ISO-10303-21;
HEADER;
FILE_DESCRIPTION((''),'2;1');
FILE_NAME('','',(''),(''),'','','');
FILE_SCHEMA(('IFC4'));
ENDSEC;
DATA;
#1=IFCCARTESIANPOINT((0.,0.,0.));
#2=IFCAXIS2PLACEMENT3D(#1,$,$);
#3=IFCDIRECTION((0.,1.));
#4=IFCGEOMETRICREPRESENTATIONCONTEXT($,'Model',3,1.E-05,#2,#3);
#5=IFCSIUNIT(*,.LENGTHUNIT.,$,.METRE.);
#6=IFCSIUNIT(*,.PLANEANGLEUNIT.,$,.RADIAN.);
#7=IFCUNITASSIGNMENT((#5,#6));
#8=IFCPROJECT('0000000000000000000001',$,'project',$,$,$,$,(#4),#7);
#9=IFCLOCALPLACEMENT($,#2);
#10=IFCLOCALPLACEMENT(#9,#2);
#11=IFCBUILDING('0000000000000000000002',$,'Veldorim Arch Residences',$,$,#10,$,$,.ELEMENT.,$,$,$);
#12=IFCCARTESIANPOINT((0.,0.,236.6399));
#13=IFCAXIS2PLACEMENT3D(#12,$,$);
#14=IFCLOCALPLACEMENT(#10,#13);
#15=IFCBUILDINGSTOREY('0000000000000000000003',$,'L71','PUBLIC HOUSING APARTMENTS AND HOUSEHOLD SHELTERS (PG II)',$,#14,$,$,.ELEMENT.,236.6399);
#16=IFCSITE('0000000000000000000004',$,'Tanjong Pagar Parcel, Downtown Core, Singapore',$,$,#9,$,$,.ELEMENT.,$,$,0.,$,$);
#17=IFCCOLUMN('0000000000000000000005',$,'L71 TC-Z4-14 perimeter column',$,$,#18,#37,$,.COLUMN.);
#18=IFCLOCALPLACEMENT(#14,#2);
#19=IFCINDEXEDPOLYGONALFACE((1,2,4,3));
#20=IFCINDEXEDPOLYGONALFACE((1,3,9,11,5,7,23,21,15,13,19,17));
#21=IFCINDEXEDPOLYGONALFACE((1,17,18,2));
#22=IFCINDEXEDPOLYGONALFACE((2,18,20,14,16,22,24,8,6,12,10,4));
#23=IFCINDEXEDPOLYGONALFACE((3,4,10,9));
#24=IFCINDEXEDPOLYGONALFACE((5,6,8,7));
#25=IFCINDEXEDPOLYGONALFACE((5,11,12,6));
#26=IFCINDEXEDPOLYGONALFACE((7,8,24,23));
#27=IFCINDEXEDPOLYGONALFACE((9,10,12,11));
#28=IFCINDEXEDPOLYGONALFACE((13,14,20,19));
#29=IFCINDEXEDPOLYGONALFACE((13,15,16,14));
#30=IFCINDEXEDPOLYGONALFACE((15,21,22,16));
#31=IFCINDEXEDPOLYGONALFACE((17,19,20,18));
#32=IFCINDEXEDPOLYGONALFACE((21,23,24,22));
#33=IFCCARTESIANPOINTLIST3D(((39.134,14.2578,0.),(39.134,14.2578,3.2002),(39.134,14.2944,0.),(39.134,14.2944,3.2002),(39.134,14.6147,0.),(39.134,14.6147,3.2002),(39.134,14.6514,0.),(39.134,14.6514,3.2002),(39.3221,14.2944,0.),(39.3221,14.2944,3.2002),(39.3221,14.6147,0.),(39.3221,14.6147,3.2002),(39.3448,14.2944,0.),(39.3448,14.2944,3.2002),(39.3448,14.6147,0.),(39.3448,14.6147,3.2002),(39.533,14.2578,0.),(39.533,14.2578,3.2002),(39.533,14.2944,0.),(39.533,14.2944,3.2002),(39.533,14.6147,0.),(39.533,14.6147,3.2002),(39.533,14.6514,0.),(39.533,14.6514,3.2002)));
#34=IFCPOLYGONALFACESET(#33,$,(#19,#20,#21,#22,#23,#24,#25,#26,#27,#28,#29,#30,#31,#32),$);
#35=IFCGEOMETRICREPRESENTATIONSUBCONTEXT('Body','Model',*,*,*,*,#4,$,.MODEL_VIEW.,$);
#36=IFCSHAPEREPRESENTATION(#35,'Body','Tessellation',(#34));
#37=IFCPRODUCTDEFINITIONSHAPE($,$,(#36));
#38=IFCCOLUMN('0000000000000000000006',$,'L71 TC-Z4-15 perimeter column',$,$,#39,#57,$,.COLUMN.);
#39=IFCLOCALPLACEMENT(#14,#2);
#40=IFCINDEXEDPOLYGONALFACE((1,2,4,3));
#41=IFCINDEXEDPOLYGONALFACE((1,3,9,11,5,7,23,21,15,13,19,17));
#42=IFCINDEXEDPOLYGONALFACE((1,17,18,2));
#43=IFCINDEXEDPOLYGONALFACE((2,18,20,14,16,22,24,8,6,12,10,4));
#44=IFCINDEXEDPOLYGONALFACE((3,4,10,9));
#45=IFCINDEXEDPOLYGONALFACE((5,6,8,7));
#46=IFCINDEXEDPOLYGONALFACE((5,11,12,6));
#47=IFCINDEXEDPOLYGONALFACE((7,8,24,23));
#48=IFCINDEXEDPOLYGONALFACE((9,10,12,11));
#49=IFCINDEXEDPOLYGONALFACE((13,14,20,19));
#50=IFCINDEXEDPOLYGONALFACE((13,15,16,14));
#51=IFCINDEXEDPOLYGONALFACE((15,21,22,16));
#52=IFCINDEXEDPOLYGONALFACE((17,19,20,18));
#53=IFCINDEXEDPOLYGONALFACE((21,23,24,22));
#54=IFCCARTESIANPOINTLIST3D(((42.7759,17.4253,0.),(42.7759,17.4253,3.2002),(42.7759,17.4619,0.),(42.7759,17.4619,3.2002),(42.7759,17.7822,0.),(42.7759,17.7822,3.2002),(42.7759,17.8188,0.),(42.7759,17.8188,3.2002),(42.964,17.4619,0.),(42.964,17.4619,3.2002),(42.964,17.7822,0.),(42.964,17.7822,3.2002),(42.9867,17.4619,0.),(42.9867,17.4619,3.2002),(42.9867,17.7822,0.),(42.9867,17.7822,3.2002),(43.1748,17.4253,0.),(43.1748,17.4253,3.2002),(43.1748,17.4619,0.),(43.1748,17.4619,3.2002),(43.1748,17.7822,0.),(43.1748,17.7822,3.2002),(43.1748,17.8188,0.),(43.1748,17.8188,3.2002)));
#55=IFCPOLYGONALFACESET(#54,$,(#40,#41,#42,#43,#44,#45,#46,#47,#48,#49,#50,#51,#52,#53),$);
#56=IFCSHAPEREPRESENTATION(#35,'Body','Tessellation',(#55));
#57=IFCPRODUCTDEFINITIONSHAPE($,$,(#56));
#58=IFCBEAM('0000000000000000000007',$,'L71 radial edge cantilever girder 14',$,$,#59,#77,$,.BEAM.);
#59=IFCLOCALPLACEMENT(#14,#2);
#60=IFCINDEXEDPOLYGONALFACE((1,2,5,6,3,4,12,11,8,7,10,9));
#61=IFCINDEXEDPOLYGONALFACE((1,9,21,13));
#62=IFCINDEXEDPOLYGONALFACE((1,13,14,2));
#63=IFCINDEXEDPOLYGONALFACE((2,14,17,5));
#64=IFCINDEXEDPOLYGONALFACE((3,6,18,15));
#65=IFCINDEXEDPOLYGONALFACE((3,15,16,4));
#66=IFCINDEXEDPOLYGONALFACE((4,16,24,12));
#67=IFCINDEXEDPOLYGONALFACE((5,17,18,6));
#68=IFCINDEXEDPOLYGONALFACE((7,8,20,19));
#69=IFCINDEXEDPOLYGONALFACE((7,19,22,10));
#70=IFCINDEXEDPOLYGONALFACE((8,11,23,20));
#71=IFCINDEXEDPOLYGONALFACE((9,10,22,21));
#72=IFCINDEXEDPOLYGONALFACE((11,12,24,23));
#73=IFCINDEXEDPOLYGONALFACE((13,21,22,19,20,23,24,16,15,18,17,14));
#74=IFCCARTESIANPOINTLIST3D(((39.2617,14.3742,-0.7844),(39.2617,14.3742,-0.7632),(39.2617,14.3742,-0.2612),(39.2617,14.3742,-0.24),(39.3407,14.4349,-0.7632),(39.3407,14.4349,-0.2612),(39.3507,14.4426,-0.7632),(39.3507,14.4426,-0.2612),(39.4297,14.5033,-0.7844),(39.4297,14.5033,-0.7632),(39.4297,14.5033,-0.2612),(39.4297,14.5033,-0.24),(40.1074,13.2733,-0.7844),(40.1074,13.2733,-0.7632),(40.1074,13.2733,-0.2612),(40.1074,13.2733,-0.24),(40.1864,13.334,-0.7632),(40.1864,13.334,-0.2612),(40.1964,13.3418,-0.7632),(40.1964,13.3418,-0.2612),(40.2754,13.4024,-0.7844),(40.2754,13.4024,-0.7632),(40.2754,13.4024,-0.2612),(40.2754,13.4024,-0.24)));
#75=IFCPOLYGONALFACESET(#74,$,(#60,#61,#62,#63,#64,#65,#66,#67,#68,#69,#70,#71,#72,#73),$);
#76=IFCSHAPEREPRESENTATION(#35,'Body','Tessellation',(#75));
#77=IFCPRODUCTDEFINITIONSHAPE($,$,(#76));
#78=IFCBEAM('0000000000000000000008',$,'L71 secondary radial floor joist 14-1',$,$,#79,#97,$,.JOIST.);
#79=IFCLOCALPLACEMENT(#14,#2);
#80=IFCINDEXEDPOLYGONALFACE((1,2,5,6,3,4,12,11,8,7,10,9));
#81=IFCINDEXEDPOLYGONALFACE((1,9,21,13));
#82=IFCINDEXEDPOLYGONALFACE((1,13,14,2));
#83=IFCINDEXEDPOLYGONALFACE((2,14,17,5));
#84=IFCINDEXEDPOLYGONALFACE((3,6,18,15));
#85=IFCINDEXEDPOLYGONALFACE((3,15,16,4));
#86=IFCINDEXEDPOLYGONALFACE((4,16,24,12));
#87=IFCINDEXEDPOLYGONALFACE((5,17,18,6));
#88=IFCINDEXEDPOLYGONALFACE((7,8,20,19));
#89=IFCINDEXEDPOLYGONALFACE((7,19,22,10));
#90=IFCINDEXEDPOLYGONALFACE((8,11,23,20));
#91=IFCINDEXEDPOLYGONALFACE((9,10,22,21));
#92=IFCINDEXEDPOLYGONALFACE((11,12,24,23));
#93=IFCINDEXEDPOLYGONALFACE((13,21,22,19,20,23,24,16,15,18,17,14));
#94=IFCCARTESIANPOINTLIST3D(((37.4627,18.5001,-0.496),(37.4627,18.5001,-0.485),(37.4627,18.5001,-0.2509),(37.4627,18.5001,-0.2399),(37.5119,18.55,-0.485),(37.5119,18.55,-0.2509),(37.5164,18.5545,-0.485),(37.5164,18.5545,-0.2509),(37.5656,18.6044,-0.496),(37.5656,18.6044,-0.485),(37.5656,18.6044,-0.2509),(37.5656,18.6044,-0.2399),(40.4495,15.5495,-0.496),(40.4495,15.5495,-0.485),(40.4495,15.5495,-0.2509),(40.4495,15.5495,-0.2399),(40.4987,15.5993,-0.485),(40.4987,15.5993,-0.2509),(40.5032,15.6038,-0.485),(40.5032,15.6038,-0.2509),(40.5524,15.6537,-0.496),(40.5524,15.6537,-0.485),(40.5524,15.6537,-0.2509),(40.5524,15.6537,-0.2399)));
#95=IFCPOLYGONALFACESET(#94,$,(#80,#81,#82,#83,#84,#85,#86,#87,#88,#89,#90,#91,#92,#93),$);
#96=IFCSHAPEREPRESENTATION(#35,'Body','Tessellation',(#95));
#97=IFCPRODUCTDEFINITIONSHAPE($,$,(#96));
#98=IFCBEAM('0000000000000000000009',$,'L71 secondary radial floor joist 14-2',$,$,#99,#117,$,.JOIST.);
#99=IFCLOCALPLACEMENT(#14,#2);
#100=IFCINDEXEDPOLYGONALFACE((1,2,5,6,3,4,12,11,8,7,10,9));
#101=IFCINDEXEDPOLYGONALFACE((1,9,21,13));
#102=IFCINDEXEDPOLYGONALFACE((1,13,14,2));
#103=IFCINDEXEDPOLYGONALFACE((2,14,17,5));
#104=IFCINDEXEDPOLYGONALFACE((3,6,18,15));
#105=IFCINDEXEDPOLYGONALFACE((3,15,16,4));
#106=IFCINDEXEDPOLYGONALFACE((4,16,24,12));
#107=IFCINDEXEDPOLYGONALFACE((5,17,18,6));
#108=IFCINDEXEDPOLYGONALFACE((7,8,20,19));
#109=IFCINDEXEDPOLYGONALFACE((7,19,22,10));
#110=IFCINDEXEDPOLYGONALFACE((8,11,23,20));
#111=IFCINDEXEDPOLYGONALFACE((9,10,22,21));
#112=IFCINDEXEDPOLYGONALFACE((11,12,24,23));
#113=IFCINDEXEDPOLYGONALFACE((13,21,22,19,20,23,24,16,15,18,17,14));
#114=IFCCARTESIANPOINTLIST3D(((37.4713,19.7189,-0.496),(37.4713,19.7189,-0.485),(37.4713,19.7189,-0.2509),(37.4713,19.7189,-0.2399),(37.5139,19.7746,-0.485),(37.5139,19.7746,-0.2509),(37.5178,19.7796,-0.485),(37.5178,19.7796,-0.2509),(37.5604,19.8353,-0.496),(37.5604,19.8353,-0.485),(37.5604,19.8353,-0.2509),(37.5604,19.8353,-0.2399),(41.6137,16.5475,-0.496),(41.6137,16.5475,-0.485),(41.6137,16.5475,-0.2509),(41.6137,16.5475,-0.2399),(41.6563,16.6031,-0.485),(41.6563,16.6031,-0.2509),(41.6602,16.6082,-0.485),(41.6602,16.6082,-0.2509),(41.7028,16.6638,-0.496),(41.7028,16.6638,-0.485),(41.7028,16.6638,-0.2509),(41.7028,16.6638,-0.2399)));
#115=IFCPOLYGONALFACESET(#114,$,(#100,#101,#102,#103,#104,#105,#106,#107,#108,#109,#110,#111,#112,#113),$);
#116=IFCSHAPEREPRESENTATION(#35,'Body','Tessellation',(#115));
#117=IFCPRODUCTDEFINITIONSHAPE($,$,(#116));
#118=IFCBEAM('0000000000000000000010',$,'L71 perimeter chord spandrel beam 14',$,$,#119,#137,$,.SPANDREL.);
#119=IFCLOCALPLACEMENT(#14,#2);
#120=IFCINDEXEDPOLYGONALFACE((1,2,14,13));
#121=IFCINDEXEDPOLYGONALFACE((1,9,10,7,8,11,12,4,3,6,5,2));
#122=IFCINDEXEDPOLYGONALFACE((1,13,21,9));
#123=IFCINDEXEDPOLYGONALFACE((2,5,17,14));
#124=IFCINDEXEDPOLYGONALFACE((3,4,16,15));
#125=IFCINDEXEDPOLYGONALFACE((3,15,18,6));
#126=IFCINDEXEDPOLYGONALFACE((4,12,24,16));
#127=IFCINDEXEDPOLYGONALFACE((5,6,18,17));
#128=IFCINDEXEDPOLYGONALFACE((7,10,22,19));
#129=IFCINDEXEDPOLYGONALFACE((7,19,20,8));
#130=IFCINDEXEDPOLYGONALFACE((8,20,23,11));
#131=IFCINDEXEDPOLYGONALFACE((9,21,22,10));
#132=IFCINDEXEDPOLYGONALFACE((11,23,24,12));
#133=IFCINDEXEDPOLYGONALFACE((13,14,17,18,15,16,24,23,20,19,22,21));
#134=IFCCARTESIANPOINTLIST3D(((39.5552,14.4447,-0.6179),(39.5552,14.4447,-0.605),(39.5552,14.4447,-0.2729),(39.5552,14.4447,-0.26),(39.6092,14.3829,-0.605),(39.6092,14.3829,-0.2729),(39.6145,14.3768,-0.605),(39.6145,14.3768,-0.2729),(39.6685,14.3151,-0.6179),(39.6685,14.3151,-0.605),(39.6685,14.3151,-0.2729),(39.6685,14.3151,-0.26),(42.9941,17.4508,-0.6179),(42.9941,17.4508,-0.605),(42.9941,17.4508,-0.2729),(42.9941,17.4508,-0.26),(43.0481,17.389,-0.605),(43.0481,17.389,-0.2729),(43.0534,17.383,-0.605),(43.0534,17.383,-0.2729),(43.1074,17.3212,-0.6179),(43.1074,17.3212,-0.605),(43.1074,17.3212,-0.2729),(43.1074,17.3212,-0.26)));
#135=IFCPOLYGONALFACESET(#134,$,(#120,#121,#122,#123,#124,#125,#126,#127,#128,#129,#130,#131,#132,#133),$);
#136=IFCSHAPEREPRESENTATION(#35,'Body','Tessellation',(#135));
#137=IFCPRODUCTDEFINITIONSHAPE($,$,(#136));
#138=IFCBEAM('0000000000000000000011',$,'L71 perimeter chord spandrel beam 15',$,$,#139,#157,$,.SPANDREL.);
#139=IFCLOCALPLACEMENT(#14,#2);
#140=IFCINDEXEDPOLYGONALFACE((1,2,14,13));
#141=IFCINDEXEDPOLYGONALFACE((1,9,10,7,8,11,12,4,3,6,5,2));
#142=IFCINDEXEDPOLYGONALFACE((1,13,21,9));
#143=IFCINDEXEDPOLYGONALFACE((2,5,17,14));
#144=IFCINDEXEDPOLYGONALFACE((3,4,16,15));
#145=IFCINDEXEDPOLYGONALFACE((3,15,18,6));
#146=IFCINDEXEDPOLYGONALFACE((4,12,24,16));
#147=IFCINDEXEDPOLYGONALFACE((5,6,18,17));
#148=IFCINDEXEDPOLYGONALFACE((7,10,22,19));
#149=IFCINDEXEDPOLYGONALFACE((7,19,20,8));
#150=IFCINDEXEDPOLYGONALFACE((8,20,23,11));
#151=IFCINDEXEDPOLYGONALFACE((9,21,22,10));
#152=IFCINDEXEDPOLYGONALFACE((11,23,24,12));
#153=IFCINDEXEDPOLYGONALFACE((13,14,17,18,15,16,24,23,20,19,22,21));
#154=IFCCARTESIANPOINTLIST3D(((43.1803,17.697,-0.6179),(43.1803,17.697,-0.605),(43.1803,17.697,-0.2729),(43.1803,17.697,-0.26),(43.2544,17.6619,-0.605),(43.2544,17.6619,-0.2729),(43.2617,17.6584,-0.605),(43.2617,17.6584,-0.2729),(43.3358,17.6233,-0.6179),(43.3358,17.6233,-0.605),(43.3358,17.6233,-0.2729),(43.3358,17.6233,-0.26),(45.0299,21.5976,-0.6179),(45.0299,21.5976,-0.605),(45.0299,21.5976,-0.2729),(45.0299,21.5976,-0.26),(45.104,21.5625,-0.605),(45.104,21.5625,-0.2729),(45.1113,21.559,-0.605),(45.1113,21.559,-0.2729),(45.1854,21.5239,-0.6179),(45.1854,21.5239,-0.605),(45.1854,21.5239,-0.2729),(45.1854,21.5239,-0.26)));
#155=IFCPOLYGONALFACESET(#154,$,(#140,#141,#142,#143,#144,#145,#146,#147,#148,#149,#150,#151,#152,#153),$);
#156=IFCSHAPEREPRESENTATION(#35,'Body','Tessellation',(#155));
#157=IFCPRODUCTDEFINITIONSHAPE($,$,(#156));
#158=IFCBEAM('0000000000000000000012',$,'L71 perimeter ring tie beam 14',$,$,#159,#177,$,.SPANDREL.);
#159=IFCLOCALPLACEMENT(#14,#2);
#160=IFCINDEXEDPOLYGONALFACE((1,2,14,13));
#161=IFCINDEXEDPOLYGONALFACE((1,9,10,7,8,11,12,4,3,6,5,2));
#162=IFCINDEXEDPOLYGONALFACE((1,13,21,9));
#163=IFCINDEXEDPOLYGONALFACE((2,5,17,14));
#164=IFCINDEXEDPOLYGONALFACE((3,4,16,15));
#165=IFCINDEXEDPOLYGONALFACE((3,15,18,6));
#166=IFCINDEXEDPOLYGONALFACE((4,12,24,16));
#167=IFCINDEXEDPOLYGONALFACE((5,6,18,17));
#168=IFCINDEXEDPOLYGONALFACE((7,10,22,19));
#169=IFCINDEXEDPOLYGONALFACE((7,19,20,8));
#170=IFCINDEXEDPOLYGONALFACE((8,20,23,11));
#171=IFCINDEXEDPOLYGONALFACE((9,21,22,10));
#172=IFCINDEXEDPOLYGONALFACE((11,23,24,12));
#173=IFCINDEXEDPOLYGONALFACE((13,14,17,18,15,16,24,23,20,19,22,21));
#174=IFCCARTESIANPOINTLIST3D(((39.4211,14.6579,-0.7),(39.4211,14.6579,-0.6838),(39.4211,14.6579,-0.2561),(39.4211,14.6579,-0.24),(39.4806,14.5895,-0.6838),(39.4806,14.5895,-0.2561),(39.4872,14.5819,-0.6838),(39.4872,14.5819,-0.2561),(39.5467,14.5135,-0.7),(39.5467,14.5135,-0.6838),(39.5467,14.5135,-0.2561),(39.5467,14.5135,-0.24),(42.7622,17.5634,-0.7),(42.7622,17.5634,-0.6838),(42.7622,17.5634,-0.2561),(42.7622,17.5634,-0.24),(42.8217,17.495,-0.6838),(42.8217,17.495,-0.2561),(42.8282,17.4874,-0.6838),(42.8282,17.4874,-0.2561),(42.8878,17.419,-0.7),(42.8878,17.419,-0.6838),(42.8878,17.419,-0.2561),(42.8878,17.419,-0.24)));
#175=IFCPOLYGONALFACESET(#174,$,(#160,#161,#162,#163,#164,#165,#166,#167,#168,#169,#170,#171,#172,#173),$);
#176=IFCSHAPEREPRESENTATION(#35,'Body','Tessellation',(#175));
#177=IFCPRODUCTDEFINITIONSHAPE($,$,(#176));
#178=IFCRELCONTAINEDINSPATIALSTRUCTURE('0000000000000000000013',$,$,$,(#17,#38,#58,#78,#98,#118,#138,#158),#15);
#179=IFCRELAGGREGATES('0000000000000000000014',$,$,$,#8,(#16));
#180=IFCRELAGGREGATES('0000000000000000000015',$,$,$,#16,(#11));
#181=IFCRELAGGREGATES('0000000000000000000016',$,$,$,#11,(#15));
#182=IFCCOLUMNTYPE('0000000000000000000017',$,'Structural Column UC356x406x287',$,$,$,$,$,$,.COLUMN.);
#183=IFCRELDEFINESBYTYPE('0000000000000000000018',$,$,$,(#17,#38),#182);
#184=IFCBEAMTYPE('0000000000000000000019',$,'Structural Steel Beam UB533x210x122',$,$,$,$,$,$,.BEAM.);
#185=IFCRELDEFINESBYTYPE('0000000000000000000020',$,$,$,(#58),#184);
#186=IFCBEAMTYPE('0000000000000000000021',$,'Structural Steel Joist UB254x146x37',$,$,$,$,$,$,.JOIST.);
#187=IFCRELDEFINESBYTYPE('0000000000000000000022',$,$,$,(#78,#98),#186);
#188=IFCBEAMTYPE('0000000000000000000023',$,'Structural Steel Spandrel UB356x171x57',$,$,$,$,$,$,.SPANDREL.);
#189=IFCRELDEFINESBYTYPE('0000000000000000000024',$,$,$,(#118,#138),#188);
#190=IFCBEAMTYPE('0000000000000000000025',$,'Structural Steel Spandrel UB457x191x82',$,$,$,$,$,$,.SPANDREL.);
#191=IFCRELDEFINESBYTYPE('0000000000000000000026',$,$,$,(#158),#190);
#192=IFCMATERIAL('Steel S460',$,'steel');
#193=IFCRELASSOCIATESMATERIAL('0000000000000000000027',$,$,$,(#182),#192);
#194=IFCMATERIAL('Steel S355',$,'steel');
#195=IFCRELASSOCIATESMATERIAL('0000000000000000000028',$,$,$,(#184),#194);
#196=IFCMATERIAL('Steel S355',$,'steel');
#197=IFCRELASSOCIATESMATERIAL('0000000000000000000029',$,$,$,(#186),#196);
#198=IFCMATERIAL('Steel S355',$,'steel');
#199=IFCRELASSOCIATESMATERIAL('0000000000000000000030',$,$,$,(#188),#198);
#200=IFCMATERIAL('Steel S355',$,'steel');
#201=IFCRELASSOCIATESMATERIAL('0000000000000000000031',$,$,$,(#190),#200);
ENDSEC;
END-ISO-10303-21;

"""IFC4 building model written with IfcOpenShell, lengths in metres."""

from ifc_helpers import new_model, si_unit, direction, frame, origin, origin_2d, place, context, subcontext, project, spatial, i_section, extrude, material, material_profile, profile_set, type_object, element, save


model = new_model("IFC4")

# Units and contexts
model_context = context("Model", 3, precision=1e-05, world=origin(), true_north=direction((0.0, 1.0)))
body_context = subcontext(model_context, "Body", "Model", "MODEL_VIEW")
ifc_project = project(units=[si_unit("LENGTHUNIT", "METRE"), si_unit("PLANEANGLEUNIT", "RADIAN")], contexts=[model_context])

# Site, building, storey
site_placement = place(None, origin())
site = spatial("IfcSite", under=ifc_project, at=site_placement, Name="Tanjong Pagar Parcel, Downtown Core, Singapore", CompositionType="ELEMENT", RefElevation=0.0)
building_placement = place(site_placement, origin())
building = spatial("IfcBuilding", under=site, at=building_placement, Name="Veldorim Arch Residences", CompositionType="ELEMENT")
storey_placement = place(building_placement, frame((0.0, 0.0, 236.6399)))
storey = spatial("IfcBuildingStorey", under=building, at=storey_placement, Name="L71", Description="PUBLIC HOUSING APARTMENTS AND HOUSEHOLD SHELTERS (PG II)", CompositionType="ELEMENT", Elevation=236.6399)

# Columns
ifc_material_1 = material(Name="Steel S460", Category="steel")
ifc_material_profile_1 = material_profile(ifc_material_1, i_section(OverallWidth=0.3989, OverallDepth=0.3936, WebThickness=0.0227, FlangeThickness=0.0366, at=origin_2d()), Name="UC356x406x287")
ifc_profile_set_1 = profile_set([ifc_material_profile_1], Name="Steel S460")
column_type = type_object("IfcColumnType", Name="Structural Column UC356x406x287", PredefinedType="COLUMN", material=ifc_profile_set_1)
for number, where, z_axis, x_axis, name in (
    (1, (39.3335, 14.4546, 0.0), (0.0, 0.0, 1.0), (1.0, 0.0, 0.0), "L71 TC-Z4-14 perimeter column"),
    (2, (42.9753, 17.6221, 0.0), (0.0, 0.0, 1.0), (1.0, 0.0, 0.0), "L71 TC-Z4-15 perimeter column"),
):
    element("IfcColumn", number, at=place(storey_placement, frame(where, z_axis=z_axis, x_axis=x_axis)), inside=storey, type_object=column_type, Name=name, PredefinedType="COLUMN", context=body_context, shape_type="SweptSolid", body=[
        extrude(i_section(OverallWidth=0.3989, OverallDepth=0.3936, WebThickness=0.0227, FlangeThickness=0.0366, at=origin_2d()), origin(), (0.0, 0.0, 1.0), 3.2002),
    ])

# Beams
ifc_material_2 = material(Name="Steel S355", Category="steel")
ifc_material_profile_2 = material_profile(ifc_material_2, i_section(OverallWidth=0.2119, OverallDepth=0.5444, WebThickness=0.0127, FlangeThickness=0.0212, at=origin_2d()), Name="UB533x210x122")
ifc_profile_set_2 = profile_set([ifc_material_profile_2], Name="Steel S355")
beam_type_1 = type_object("IfcBeamType", Name="Structural Steel Beam UB533x210x122", PredefinedType="BEAM", material=ifc_profile_set_2)
beam_1_placement = place(storey_placement, frame((39.3457, 14.4387, -0.5122), z_axis=(0.609218, -0.793003, 0.0), x_axis=(0.793003, 0.609218, 0.0)))
element("IfcBeam", 3, at=beam_1_placement, inside=storey, type_object=beam_type_1, Name="L71 radial edge cantilever girder 14", PredefinedType="BEAM", context=body_context, shape_type="SweptSolid", body=[
    extrude(i_section(OverallWidth=0.2119, OverallDepth=0.5444, WebThickness=0.0127, FlangeThickness=0.0212, at=origin_2d()), origin(), (0.0, 0.0, 1.0), 1.3882),
])
ifc_material_3 = material(Name="Steel S355", Category="steel")
ifc_material_profile_3 = material_profile(ifc_material_3, i_section(OverallWidth=0.1465, OverallDepth=0.2561, WebThickness=0.0063, FlangeThickness=0.011, at=origin_2d()), Name="UB254x146x37")
ifc_profile_set_3 = profile_set([ifc_material_profile_3], Name="Steel S355")
beam_type_2 = type_object("IfcBeamType", Name="Structural Steel Joist UB254x146x37", PredefinedType="JOIST", material=ifc_profile_set_3)
beam_2_placement = place(storey_placement, frame((37.5142, 18.5522, -0.3679), z_axis=(0.711397, -0.702791, 0.0), x_axis=(0.702791, 0.711397, 0.0)))
element("IfcBeam", 4, at=beam_2_placement, inside=storey, type_object=beam_type_2, Name="L71 secondary radial floor joist 14-1", PredefinedType="JOIST", context=body_context, shape_type="SweptSolid", body=[
    extrude(i_section(OverallWidth=0.1465, OverallDepth=0.2561, WebThickness=0.0063, FlangeThickness=0.011, at=origin_2d()), origin(), (0.0, 0.0, 1.0), 4.1985),
])
beam_3_placement = place(storey_placement, frame((37.5159, 19.7771, -0.3679), z_axis=(0.794014, -0.6079, 0.0), x_axis=(0.6079, 0.794014, 0.0)))
element("IfcBeam", 5, at=beam_3_placement, inside=storey, type_object=beam_type_2, Name="L71 secondary radial floor joist 14-2", PredefinedType="JOIST", context=body_context, shape_type="SweptSolid", body=[
    extrude(i_section(OverallWidth=0.1465, OverallDepth=0.2561, WebThickness=0.0063, FlangeThickness=0.011, at=origin_2d()), origin(), (0.0, 0.0, 1.0), 5.217),
])
ifc_material_4 = material(Name="Steel S355", Category="steel")
ifc_material_profile_4 = material_profile(ifc_material_4, i_section(OverallWidth=0.1721, OverallDepth=0.3579, WebThickness=0.0081, FlangeThickness=0.0129, at=origin_2d()), Name="UB356x171x57")
ifc_profile_set_4 = profile_set([ifc_material_profile_4], Name="Steel S355")
beam_type_3 = type_object("IfcBeamType", Name="Structural Steel Spandrel UB356x171x57", PredefinedType="SPANDREL", material=ifc_profile_set_4)
beam_4_placement = place(storey_placement, frame((39.6118, 14.3799, -0.439), z_axis=(0.752901, 0.658134, 0.0), x_axis=(-0.658134, 0.752901, 0.0)))
element("IfcBeam", 6, at=beam_4_placement, inside=storey, type_object=beam_type_3, Name="L71 perimeter chord spandrel beam 14", PredefinedType="SPANDREL", context=body_context, shape_type="SweptSolid", body=[
    extrude(i_section(OverallWidth=0.1721, OverallDepth=0.3579, WebThickness=0.0081, FlangeThickness=0.0129, at=origin_2d()), origin(), (0.0, 0.0, 1.0), 4.5676),
])
beam_5_placement = place(storey_placement, frame((43.2581, 17.6602, -0.439), z_axis=(0.428453, 0.903564, 0.0), x_axis=(-0.903564, 0.428453, 0.0)))
element("IfcBeam", 7, at=beam_5_placement, inside=storey, type_object=beam_type_3, Name="L71 perimeter chord spandrel beam 15", PredefinedType="SPANDREL", context=body_context, shape_type="SweptSolid", body=[
    extrude(i_section(OverallWidth=0.1721, OverallDepth=0.3579, WebThickness=0.0081, FlangeThickness=0.0129, at=origin_2d()), origin(), (0.0, 0.0, 1.0), 4.3169),
])
ifc_material_5 = material(Name="Steel S355", Category="steel")
ifc_material_profile_5 = material_profile(ifc_material_5, i_section(OverallWidth=0.1914, OverallDepth=0.46, WebThickness=0.01, FlangeThickness=0.0161, at=origin_2d()), Name="UB457x191x82")
ifc_profile_set_5 = profile_set([ifc_material_profile_5], Name="Steel S355")
beam_type_4 = type_object("IfcBeamType", Name="Structural Steel Spandrel UB457x191x82", PredefinedType="SPANDREL", material=ifc_profile_set_5)
beam_6_placement = place(storey_placement, frame((39.4839, 14.5857, -0.47), z_axis=(0.754578, 0.65621, 0.0), x_axis=(-0.65621, 0.754578, 0.0)))
element("IfcBeam", 8, at=beam_6_placement, inside=storey, type_object=beam_type_4, Name="L71 perimeter ring tie beam 14", PredefinedType="SPANDREL", context=body_context, shape_type="SweptSolid", body=[
    extrude(i_section(OverallWidth=0.1914, OverallDepth=0.46, WebThickness=0.01, FlangeThickness=0.0161, at=origin_2d()), origin(), (0.0, 0.0, 1.0), 4.4277),
])

save(model, "model.ifc")
